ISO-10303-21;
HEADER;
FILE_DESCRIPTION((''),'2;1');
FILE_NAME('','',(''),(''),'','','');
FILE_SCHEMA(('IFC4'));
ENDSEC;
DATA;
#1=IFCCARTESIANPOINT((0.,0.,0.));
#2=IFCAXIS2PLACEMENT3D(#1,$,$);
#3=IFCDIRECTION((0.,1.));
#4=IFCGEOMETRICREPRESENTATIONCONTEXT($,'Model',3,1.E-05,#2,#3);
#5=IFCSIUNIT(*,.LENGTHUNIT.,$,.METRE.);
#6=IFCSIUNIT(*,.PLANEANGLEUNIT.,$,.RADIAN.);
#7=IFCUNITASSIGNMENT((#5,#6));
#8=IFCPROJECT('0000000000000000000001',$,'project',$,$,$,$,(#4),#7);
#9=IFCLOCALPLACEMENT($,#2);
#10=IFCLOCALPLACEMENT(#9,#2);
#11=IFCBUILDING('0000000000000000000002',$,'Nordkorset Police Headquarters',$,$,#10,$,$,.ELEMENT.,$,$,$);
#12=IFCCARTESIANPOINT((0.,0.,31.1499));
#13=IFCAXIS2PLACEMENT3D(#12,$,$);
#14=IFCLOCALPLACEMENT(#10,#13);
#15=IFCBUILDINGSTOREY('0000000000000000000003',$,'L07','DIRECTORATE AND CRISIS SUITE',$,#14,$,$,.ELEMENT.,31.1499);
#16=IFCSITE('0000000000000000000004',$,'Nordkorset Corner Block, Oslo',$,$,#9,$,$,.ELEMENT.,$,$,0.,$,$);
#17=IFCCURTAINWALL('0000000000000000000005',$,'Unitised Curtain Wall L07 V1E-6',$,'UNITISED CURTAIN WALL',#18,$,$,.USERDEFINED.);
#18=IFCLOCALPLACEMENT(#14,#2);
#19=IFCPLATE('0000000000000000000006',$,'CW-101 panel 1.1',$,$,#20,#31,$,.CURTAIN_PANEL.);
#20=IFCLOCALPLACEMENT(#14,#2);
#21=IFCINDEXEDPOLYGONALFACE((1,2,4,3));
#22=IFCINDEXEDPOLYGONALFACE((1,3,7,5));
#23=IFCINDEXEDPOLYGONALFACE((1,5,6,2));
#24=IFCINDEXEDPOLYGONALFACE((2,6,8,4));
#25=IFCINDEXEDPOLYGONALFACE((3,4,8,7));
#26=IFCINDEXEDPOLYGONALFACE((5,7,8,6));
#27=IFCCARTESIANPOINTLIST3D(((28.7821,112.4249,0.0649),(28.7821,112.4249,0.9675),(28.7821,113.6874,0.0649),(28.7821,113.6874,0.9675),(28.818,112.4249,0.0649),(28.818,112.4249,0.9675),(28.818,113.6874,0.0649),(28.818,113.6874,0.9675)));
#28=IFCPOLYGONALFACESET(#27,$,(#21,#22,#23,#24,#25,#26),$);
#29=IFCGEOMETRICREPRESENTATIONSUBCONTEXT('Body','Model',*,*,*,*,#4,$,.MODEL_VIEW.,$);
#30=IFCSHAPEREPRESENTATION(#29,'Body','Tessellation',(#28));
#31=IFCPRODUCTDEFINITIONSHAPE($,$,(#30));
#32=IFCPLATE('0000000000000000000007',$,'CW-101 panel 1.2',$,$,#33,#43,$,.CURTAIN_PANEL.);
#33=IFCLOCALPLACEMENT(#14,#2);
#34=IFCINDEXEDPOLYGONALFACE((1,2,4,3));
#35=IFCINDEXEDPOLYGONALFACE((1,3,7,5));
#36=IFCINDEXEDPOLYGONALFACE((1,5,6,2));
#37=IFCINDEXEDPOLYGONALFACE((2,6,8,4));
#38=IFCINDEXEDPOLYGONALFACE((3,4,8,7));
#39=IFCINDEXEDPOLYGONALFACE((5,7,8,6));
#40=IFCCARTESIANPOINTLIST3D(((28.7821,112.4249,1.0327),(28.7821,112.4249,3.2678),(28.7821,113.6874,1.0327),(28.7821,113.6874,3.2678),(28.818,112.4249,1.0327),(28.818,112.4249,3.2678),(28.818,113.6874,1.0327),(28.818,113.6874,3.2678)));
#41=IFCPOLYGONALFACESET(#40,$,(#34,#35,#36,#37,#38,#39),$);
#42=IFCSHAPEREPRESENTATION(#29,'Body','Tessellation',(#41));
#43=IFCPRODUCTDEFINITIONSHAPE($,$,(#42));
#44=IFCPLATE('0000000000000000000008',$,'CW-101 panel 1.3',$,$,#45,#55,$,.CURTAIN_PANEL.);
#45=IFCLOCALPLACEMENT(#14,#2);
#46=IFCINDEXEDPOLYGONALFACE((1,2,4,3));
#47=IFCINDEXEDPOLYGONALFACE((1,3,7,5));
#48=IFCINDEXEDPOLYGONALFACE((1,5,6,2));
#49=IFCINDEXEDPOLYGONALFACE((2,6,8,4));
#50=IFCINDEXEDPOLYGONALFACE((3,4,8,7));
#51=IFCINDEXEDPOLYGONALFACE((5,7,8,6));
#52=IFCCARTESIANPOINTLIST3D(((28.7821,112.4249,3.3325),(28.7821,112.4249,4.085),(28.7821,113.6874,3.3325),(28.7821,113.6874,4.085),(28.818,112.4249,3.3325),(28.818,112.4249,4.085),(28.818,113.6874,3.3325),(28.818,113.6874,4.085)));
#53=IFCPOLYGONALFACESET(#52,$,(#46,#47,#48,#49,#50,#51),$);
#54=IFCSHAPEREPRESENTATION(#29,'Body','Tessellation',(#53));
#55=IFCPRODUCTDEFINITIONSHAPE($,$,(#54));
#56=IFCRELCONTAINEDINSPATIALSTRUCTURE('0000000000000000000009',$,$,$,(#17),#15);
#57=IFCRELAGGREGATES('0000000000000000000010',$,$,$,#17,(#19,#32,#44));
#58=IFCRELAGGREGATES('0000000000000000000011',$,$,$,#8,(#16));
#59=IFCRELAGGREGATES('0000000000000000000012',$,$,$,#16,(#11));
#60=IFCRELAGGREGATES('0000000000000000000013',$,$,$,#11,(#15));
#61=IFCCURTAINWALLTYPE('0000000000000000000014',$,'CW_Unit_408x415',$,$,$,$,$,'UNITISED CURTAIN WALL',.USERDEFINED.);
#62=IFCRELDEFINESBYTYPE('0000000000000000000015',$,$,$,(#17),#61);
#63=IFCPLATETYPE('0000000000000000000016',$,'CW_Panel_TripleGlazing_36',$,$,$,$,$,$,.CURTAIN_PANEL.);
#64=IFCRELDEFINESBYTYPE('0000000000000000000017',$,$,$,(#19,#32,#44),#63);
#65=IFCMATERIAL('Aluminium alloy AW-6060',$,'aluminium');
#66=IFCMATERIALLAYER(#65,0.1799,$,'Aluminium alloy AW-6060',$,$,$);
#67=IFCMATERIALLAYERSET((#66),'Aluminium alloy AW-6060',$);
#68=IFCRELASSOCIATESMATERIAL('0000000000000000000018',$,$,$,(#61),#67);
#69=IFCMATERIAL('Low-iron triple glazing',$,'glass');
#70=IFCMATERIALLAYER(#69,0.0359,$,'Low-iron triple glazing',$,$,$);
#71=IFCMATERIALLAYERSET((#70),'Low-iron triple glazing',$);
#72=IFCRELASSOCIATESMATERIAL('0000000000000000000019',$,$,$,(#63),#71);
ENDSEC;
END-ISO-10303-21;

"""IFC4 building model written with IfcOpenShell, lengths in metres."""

from ifc_helpers import new_model, si_unit, direction, frame, origin, origin_2d, place, context, subcontext, project, spatial, rectangle, extrude, material, layer, layer_set, type_object, element, aggregate, save


model = new_model("IFC4")

# Units and contexts
model_context = context("Model", 3, precision=1e-05, world=origin(), true_north=direction((0.0, 1.0)))
body_context = subcontext(model_context, "Body", "Model", "MODEL_VIEW")
ifc_project = project(units=[si_unit("LENGTHUNIT", "METRE"), si_unit("PLANEANGLEUNIT", "RADIAN")], contexts=[model_context])

# Site, building, storey
site_placement = place(None, origin())
site = spatial("IfcSite", under=ifc_project, at=site_placement, Name="Nordkorset Corner Block, Oslo", CompositionType="ELEMENT", RefElevation=0.0)
building_placement = place(site_placement, origin())
building = spatial("IfcBuilding", under=site, at=building_placement, Name="Nordkorset Police Headquarters", CompositionType="ELEMENT")
storey_placement = place(building_placement, frame((0.0, 0.0, 31.1499)))
storey = spatial("IfcBuildingStorey", under=building, at=storey_placement, Name="L07", Description="DIRECTORATE AND CRISIS SUITE", CompositionType="ELEMENT", Elevation=31.1499)

# Shared definitions
ifc_material_1 = material(Name="Aluminium alloy AW-6060", Category="aluminium")
ifc_layer_1 = layer(ifc_material_1, 0.1799, Name="Aluminium alloy AW-6060")
ifc_layer_set_1 = layer_set([ifc_layer_1], Name="Aluminium alloy AW-6060")
curtain_wall_type = type_object("IfcCurtainWallType", Name="CW_Unit_408x415", ElementType="UNITISED CURTAIN WALL", PredefinedType="USERDEFINED", material=ifc_layer_set_1)

# Curtain wall
curtain_wall_1_placement = place(storey_placement, origin())
curtain_wall_1 = element("IfcCurtainWall", 1, at=curtain_wall_1_placement, inside=storey, type_object=curtain_wall_type, Name="Unitised Curtain Wall L07 V1E-6", ObjectType="UNITISED CURTAIN WALL", PredefinedType="USERDEFINED")

# Plates
ifc_material_2 = material(Name="Low-iron triple glazing", Category="glass")
ifc_layer_2 = layer(ifc_material_2, 0.0359, Name="Low-iron triple glazing")
ifc_layer_set_2 = layer_set([ifc_layer_2], Name="Low-iron triple glazing")
plate_type = type_object("IfcPlateType", Name="CW_Panel_TripleGlazing_36", PredefinedType="CURTAIN_PANEL", material=ifc_layer_set_2)
plate_1_placement = place(storey_placement, frame((28.8, 113.0562, 0.0649), z_axis=(0.0, 0.0, 1.0), x_axis=(0.0, 1.0, 0.0)))
plate_1 = element("IfcPlate", 2, at=plate_1_placement, type_object=plate_type, Name="CW-101 panel 1.1", PredefinedType="CURTAIN_PANEL", context=body_context, shape_type="SweptSolid", body=[
    extrude(rectangle(XDim=1.2625, YDim=0.0359, at=origin_2d()), origin(), (0.0, 0.0, 1.0), 0.9026),
])
plate_2_placement = place(storey_placement, frame((28.8, 113.0562, 1.0327), z_axis=(0.0, 0.0, 1.0), x_axis=(0.0, 1.0, 0.0)))
plate_2 = element("IfcPlate", 3, at=plate_2_placement, type_object=plate_type, Name="CW-101 panel 1.2", PredefinedType="CURTAIN_PANEL", context=body_context, shape_type="SweptSolid", body=[
    extrude(rectangle(XDim=1.2625, YDim=0.0359, at=origin_2d()), origin(), (0.0, 0.0, 1.0), 2.2351),
])
plate_3_placement = place(storey_placement, frame((28.8, 113.0562, 3.3325), z_axis=(0.0, 0.0, 1.0), x_axis=(0.0, 1.0, 0.0)))
plate_3 = element("IfcPlate", 4, at=plate_3_placement, type_object=plate_type, Name="CW-101 panel 1.3", PredefinedType="CURTAIN_PANEL", context=body_context, shape_type="SweptSolid", body=[
    extrude(rectangle(XDim=1.2625, YDim=0.0359, at=origin_2d()), origin(), (0.0, 0.0, 1.0), 0.7524),
])
aggregate(curtain_wall_1, [plate_1, plate_2, plate_3])

save(model, "model.ifc")
